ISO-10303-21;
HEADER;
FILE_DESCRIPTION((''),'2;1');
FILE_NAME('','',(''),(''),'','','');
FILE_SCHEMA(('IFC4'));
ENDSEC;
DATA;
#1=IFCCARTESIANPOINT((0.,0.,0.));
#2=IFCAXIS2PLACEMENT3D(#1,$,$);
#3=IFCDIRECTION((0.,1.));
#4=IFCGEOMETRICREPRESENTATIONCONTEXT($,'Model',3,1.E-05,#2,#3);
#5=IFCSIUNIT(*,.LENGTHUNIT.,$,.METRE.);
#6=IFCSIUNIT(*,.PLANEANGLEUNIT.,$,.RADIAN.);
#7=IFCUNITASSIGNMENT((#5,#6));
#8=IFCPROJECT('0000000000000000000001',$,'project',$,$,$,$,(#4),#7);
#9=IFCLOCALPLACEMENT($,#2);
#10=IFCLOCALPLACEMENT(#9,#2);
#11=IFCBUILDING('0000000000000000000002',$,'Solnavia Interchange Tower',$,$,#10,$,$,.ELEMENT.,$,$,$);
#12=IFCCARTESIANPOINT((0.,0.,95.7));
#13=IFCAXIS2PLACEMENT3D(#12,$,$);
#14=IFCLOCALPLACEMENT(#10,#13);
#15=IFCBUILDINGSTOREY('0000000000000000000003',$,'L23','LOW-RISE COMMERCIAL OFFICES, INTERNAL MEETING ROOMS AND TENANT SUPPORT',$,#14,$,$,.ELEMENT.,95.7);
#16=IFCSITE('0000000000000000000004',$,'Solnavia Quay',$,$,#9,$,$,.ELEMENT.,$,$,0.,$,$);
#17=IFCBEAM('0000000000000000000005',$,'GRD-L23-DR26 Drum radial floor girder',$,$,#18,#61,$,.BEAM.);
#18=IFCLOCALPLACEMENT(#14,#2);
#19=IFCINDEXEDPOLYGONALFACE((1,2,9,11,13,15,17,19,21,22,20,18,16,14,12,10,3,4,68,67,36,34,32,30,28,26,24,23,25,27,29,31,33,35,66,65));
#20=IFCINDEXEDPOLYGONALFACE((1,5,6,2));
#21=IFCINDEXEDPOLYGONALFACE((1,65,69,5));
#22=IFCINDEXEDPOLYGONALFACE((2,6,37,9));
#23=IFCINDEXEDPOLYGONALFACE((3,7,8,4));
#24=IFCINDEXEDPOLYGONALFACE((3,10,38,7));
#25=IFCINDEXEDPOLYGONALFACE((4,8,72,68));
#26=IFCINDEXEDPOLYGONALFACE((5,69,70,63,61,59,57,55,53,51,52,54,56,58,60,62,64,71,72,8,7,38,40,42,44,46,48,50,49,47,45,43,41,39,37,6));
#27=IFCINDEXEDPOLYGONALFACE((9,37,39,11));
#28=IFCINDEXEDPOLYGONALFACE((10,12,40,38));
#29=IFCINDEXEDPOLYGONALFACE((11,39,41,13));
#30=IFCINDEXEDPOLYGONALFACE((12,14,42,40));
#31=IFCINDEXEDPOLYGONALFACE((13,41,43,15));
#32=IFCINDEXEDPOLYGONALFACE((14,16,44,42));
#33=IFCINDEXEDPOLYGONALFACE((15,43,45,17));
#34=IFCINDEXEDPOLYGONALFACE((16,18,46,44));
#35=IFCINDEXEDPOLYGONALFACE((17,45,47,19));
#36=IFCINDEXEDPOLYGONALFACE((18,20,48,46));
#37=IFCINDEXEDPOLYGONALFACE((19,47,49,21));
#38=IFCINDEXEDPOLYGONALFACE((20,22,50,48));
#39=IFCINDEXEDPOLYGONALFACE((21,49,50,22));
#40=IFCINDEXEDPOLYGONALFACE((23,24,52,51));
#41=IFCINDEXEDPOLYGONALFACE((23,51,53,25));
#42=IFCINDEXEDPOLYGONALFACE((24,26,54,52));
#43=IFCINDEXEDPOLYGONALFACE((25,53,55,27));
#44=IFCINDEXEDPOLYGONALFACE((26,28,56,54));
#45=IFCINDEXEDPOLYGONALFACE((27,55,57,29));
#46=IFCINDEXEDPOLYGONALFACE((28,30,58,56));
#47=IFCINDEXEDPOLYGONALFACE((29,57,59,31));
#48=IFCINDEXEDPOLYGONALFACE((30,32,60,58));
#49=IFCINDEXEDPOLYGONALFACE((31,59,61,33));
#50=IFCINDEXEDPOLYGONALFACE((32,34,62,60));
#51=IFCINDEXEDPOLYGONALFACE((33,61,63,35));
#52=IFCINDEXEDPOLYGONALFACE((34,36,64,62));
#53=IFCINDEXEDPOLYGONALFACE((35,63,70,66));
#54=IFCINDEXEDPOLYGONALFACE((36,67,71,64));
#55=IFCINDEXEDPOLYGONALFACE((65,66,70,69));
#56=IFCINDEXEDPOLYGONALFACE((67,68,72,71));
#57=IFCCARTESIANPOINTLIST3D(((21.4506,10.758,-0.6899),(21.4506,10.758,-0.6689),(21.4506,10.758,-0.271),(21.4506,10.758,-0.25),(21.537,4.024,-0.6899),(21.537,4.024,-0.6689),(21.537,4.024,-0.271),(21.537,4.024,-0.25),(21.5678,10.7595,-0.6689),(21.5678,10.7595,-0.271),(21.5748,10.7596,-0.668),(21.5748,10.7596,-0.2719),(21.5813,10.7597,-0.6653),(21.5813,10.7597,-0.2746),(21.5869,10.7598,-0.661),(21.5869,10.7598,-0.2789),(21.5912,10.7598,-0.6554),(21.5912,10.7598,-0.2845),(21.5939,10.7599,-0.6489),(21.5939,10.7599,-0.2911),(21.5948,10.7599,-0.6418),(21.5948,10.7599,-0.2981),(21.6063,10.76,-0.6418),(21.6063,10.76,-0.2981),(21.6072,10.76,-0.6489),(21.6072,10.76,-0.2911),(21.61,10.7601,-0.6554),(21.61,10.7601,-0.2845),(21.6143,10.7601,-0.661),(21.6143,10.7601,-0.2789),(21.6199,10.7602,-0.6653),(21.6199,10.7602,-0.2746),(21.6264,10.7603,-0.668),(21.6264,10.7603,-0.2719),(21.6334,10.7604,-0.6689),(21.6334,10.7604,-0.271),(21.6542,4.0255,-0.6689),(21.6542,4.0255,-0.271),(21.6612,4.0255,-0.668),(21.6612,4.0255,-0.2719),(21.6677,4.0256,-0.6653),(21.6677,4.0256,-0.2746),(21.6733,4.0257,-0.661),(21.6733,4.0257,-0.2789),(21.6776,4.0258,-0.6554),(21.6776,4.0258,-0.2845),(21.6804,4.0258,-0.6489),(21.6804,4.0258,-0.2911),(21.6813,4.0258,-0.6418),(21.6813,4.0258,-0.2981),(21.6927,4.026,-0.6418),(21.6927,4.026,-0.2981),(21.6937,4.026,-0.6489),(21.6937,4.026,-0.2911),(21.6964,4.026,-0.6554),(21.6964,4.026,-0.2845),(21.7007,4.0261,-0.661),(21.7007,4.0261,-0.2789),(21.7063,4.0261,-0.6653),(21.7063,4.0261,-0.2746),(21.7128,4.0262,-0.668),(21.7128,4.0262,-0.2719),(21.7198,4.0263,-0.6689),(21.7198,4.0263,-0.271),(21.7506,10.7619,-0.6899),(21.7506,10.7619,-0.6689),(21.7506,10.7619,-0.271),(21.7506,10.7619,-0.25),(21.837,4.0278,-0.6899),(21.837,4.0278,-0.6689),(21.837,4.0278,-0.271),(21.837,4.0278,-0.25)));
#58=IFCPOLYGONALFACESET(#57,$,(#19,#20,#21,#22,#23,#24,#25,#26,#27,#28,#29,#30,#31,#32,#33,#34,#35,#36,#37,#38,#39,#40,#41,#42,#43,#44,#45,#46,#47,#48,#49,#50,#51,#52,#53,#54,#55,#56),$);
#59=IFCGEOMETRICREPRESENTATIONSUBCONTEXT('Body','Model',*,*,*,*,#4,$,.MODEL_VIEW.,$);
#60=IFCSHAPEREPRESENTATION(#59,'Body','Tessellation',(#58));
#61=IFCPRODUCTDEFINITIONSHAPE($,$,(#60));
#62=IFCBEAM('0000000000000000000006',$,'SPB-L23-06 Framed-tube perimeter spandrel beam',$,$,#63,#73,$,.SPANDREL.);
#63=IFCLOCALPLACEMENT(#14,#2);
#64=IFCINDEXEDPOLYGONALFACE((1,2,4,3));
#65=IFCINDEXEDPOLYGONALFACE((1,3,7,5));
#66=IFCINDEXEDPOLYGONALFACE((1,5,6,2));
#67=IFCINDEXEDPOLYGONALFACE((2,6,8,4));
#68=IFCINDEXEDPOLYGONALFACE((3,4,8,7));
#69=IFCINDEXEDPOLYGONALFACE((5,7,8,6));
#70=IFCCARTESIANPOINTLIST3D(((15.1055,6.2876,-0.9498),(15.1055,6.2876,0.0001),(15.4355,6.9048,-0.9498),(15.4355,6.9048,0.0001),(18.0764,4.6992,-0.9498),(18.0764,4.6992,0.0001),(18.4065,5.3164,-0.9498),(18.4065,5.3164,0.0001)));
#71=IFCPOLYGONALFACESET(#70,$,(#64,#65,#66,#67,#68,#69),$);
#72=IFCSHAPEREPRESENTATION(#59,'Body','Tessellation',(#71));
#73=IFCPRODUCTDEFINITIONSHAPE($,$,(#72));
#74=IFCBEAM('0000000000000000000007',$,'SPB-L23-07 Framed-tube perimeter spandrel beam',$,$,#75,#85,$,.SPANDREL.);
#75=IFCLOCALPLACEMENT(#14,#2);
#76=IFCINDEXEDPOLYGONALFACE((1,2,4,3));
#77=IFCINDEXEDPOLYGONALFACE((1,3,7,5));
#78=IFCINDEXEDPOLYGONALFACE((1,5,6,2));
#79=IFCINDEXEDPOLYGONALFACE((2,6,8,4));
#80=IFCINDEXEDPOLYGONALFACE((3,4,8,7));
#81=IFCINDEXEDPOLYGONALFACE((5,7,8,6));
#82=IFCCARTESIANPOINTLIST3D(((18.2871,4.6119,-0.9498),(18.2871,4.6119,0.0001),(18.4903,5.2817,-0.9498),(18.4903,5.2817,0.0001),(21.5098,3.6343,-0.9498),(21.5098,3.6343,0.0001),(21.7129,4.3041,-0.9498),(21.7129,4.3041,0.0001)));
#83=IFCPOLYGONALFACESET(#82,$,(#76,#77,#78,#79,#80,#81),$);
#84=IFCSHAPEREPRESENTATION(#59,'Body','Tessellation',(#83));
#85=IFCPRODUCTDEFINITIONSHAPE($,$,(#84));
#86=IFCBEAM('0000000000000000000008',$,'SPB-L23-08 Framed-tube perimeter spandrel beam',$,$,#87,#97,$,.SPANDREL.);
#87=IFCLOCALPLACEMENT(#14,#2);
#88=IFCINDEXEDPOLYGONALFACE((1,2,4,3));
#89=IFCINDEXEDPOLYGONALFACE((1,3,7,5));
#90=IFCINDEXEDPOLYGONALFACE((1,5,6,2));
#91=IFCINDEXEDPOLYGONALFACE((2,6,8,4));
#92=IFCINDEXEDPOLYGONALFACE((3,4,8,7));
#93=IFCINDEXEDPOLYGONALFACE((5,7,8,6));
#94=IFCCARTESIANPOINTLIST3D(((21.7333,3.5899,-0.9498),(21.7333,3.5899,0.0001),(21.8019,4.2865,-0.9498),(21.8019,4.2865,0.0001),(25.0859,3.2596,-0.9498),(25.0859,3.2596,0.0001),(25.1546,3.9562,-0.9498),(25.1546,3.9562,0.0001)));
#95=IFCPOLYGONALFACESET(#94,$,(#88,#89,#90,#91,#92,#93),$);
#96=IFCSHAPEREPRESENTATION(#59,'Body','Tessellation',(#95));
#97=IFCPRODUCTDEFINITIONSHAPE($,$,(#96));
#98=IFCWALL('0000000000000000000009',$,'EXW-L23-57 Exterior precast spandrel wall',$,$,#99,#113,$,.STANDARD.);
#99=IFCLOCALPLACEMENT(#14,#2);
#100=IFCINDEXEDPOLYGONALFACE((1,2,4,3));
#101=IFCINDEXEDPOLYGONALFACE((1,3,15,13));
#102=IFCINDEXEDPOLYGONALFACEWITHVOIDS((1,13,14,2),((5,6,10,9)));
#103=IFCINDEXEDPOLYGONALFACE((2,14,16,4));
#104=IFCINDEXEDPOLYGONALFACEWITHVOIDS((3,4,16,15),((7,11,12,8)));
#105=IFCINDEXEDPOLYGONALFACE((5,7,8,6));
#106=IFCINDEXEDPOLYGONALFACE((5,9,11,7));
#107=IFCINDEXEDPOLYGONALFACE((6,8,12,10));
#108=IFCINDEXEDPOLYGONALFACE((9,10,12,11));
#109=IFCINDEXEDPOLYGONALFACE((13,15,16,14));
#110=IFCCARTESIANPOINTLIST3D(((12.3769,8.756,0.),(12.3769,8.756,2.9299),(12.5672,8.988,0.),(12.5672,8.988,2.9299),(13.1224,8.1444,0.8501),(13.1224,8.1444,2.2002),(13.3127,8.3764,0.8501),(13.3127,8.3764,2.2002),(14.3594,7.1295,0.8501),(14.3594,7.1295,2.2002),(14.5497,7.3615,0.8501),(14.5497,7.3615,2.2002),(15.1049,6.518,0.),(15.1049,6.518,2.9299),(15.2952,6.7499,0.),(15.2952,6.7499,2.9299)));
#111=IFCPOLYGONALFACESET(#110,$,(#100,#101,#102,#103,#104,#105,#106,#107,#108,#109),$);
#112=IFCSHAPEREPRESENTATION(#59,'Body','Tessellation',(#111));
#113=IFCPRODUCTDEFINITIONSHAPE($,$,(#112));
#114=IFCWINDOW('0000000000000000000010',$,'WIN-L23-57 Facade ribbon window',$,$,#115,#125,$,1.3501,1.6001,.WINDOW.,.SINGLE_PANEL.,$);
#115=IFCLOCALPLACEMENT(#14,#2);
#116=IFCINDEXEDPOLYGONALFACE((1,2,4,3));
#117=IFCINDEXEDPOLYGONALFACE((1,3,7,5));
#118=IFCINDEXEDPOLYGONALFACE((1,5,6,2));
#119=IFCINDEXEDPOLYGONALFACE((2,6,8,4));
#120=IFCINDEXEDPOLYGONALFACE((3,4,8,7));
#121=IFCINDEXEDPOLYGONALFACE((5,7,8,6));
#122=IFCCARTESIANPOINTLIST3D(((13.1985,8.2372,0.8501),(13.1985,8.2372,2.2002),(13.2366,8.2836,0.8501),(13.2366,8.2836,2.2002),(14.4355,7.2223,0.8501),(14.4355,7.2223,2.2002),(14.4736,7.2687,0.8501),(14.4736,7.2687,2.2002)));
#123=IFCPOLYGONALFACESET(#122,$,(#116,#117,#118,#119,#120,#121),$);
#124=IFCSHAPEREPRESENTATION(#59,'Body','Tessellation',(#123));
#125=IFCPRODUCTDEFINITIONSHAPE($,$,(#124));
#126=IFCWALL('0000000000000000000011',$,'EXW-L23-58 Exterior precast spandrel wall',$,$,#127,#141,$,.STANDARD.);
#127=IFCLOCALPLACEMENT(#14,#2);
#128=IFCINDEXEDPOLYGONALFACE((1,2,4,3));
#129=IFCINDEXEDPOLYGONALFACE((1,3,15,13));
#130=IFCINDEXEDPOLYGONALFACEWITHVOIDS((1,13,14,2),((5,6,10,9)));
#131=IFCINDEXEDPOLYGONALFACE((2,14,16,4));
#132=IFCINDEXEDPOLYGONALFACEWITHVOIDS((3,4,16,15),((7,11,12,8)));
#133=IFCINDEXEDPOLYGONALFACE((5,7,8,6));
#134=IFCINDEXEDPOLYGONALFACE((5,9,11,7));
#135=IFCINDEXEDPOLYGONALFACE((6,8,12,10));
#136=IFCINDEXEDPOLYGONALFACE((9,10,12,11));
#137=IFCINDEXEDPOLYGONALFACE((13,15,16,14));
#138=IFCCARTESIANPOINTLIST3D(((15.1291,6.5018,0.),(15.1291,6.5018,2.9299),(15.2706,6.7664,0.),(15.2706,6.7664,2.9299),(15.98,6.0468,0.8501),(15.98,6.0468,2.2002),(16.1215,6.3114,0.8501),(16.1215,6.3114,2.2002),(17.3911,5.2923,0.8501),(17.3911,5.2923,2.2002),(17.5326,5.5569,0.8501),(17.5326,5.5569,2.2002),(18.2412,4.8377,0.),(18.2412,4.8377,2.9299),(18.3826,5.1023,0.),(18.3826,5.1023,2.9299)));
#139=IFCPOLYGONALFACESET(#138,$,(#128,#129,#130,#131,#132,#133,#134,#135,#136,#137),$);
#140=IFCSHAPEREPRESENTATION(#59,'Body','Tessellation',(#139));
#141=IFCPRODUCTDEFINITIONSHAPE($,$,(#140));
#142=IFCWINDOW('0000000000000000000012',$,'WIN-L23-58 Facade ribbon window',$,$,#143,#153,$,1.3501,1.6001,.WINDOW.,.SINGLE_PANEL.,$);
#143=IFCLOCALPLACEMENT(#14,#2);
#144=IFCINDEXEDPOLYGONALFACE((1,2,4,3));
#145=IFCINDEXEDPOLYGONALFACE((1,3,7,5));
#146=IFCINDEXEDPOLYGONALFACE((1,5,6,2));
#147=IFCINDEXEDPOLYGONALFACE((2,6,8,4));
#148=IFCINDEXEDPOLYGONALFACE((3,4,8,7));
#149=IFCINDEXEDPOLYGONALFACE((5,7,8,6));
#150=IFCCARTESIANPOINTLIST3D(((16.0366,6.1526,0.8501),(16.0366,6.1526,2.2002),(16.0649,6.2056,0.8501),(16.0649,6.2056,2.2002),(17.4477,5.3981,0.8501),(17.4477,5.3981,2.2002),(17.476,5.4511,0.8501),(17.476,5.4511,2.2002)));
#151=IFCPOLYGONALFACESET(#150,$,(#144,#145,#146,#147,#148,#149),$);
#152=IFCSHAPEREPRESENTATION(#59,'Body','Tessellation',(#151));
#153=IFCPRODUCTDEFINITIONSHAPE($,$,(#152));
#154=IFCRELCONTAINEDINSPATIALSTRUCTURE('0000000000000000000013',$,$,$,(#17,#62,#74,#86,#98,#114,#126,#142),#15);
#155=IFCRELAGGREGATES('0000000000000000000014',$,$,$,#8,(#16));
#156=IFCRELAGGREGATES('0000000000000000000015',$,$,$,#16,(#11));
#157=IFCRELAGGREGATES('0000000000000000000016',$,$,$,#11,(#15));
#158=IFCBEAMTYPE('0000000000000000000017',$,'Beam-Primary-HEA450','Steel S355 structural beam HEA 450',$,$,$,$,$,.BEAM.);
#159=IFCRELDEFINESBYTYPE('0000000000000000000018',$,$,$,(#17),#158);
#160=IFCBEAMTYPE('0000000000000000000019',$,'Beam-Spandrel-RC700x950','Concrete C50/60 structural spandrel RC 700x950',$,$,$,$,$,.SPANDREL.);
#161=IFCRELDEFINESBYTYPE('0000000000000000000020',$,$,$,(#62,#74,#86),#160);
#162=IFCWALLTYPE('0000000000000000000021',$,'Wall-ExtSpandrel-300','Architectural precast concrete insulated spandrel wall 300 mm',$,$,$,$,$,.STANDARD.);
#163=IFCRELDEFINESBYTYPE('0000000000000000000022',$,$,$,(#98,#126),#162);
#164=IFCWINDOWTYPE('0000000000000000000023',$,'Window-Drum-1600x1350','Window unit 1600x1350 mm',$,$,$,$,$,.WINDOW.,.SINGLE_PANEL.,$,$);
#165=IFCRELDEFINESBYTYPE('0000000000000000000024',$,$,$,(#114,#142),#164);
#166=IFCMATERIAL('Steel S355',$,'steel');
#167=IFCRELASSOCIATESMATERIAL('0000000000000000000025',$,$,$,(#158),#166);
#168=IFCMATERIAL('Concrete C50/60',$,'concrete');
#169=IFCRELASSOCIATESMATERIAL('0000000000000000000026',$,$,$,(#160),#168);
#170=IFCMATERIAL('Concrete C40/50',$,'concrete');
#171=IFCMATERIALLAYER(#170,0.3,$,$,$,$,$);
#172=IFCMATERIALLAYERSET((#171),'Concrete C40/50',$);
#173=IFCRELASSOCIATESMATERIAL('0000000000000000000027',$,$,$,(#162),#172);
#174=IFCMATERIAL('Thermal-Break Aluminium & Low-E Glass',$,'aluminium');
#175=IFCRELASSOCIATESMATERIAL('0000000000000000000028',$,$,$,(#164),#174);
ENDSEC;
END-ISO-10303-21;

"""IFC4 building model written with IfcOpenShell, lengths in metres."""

from ifc_helpers import new_model, si_unit, direction, frame, frame_2d, origin, origin_2d, place, context, subcontext, project, spatial, rectangle, i_section, extrude, material, layer, layer_set, material_profile, profile_set, type_object, element, fill, save


model = new_model("IFC4")

# Units and contexts
model_context = context("Model", 3, precision=1e-05, world=origin(), true_north=direction((0.0, 1.0)))
body_context = subcontext(model_context, "Body", "Model", "MODEL_VIEW")
ifc_project = project(units=[si_unit("LENGTHUNIT", "METRE"), si_unit("PLANEANGLEUNIT", "RADIAN")], contexts=[model_context])

# Site, building, storey
site_placement = place(None, origin())
site = spatial("IfcSite", under=ifc_project, at=site_placement, Name="Solnavia Quay", CompositionType="ELEMENT", RefElevation=0.0)
building_placement = place(site_placement, origin())
building = spatial("IfcBuilding", under=site, at=building_placement, Name="Solnavia Interchange Tower", CompositionType="ELEMENT")
storey_placement = place(building_placement, frame((0.0, 0.0, 95.7)))
storey = spatial("IfcBuildingStorey", under=building, at=storey_placement, Name="L23", Description="LOW-RISE COMMERCIAL OFFICES, INTERNAL MEETING ROOMS AND TENANT SUPPORT", CompositionType="ELEMENT", Elevation=95.7)

# Shared definitions
ifc_material_1 = material(Name="Steel S355", Category="steel")

# Beams
ifc_material_profile_1 = material_profile(ifc_material_1, i_section(OverallWidth=0.3, OverallDepth=0.4399, WebThickness=0.0115, FlangeThickness=0.021, FilletRadius=0.0271, at=origin_2d()), Name="HEA 450")
ifc_profile_set_1 = profile_set([ifc_material_profile_1], Name="Steel S355")
beam_type_1 = type_object("IfcBeamType", Name="Beam-Primary-HEA450", Description="Steel S355 structural beam HEA 450", PredefinedType="BEAM", material=ifc_profile_set_1)
beam_1_placement = place(storey_placement, frame((21.687, 4.0259, -0.47), z_axis=(-0.012833, 0.999918, 0.0), x_axis=(-0.999918, -0.012833, 0.0)))
element("IfcBeam", 1, at=beam_1_placement, inside=storey, type_object=beam_type_1, Name="GRD-L23-DR26 Drum radial floor girder", PredefinedType="BEAM", context=body_context, shape_type="SweptSolid", body=[
    extrude(i_section(OverallWidth=0.3, OverallDepth=0.4399, WebThickness=0.0115, FlangeThickness=0.021, FilletRadius=0.0271, at=origin_2d()), origin(), (0.0, 0.0, 1.0), 6.7346),
])
ifc_material_2 = material(Name="Concrete C50/60", Category="concrete")
ifc_material_profile_2 = material_profile(ifc_material_2, rectangle(XDim=0.7, YDim=0.95, at=origin_2d()), Name="RC 700x950")
ifc_profile_set_2 = profile_set([ifc_material_profile_2], Name="Concrete C50/60")
beam_type_2 = type_object("IfcBeamType", Name="Beam-Spandrel-RC700x950", Description="Concrete C50/60 structural spandrel RC 700x950", PredefinedType="SPANDREL", material=ifc_profile_set_2)
beam_2_placement = place(storey_placement, frame((15.2705, 6.5962, -0.4749), z_axis=(0.881875, -0.471483, 0.0), x_axis=(0.471483, 0.881875, 0.0)))
element("IfcBeam", 2, at=beam_2_placement, inside=storey, type_object=beam_type_2, Name="SPB-L23-06 Framed-tube perimeter spandrel beam", PredefinedType="SPANDREL", context=body_context, shape_type="SweptSolid", body=[
    extrude(rectangle(XDim=0.7, YDim=0.95, at=origin_2d()), origin(), (0.0, 0.0, 1.0), 3.3689),
])
beam_3_placement = place(storey_placement, frame((18.3887, 4.9468, -0.4749), z_axis=(0.956944, -0.290273, 0.0), x_axis=(0.290273, 0.956944, 0.0)))
element("IfcBeam", 3, at=beam_3_placement, inside=storey, type_object=beam_type_2, Name="SPB-L23-07 Framed-tube perimeter spandrel beam", PredefinedType="SPANDREL", context=body_context, shape_type="SweptSolid", body=[
    extrude(rectangle(XDim=0.7, YDim=0.95, at=origin_2d()), origin(), (0.0, 0.0, 1.0), 3.3677),
])
beam_4_placement = place(storey_placement, frame((21.7676, 3.9382, -0.4749), z_axis=(0.995182, -0.098047, 0.0), x_axis=(0.098047, 0.995182, 0.0)))
element("IfcBeam", 4, at=beam_4_placement, inside=storey, type_object=beam_type_2, Name="SPB-L23-08 Framed-tube perimeter spandrel beam", PredefinedType="SPANDREL", context=body_context, shape_type="SweptSolid", body=[
    extrude(rectangle(XDim=0.7, YDim=0.95, at=origin_2d()), origin(), (0.0, 0.0, 1.0), 3.3689),
])

# Walls, openings, windows
ifc_material_3 = material(Name="Concrete C40/50", Category="concrete")
ifc_layer_1 = layer(ifc_material_3, 0.3)
ifc_layer_set_1 = layer_set([ifc_layer_1], Name="Concrete C40/50")
wall_type_1 = type_object("IfcWallType", Name="Wall-ExtSpandrel-300", Description="Architectural precast concrete insulated spandrel wall 300 mm", PredefinedType="STANDARD", material=ifc_layer_set_1)
wall_1_placement = place(storey_placement, frame((15.2, 6.634, 0.0), z_axis=(0.0, 0.0, 1.0), x_axis=(-0.773121, 0.634258, 0.0)))
wall_1 = element("IfcWall", 5, at=wall_1_placement, inside=storey, type_object=wall_type_1, Name="EXW-L23-57 Exterior precast spandrel wall", PredefinedType="STANDARD", context=body_context, shape_type="SweptSolid", body=[
    extrude(rectangle(XDim=3.5286, YDim=0.3, at=frame_2d((1.7642, 0.0))), origin(), (0.0, 0.0, 1.0), 2.9299),
])
opening_1_placement = place(wall_1_placement, frame((0.9641, 0.0, 0.8501)))
opening_1 = element("IfcOpeningElement", 6, at=opening_1_placement, cuts=wall_1, PredefinedType="OPENING", context=body_context, shape_type="SweptSolid", body=[
    extrude(rectangle(XDim=1.6001, YDim=1.3501, at=frame_2d((0.8, 0.675))), frame((0.0, 0.1602, 0.0), z_axis=(0.0, -1.0, 0.0), x_axis=(1.0, 0.0, 0.0)), (0.0, 0.0, 1.0), 0.3201),
])
ifc_material_4 = material(Name="Thermal-Break Aluminium & Low-E Glass", Category="aluminium")
window_type = type_object("IfcWindowType", Name="Window-Drum-1600x1350", Description="Window unit 1600x1350 mm", PartitioningType="SINGLE_PANEL", PredefinedType="WINDOW", material=ifc_material_4)
window_1_placement = place(opening_1_placement, origin())
window_1 = element("IfcWindow", 7, at=window_1_placement, inside=storey, type_object=window_type, Name="WIN-L23-57 Facade ribbon window", OverallHeight=1.3501, OverallWidth=1.6001, PartitioningType="SINGLE_PANEL", PredefinedType="WINDOW", context=body_context, shape_type="SweptSolid", body=[
    extrude(rectangle(XDim=1.6001, YDim=1.3501, at=frame_2d((0.8, 0.675))), frame((0.0, 0.03, 0.0), z_axis=(0.0, -1.0, 0.0), x_axis=(1.0, 0.0, 0.0)), (0.0, 0.0, 1.0), 0.0601),
])
fill(opening_1, window_1)
wall_2_placement = place(storey_placement, frame((18.312, 4.97, 0.0), z_axis=(0.0, 0.0, 1.0), x_axis=(-0.881847, 0.471536, 0.0)))
wall_2 = element("IfcWall", 8, at=wall_2_placement, inside=storey, type_object=wall_type_1, Name="EXW-L23-58 Exterior precast spandrel wall", PredefinedType="STANDARD", context=body_context, shape_type="SweptSolid", body=[
    extrude(rectangle(XDim=3.5291, YDim=0.3, at=frame_2d((1.7646, 0.0))), origin(), (0.0, 0.0, 1.0), 2.9299),
])
opening_2_placement = place(wall_2_placement, frame((0.9641, 0.0, 0.8501)))
opening_2 = element("IfcOpeningElement", 9, at=opening_2_placement, cuts=wall_2, PredefinedType="OPENING", context=body_context, shape_type="SweptSolid", body=[
    extrude(rectangle(XDim=1.6001, YDim=1.3501, at=frame_2d((0.8, 0.675))), frame((0.0, 0.1602, 0.0), z_axis=(0.0, -1.0, 0.0), x_axis=(1.0, 0.0, 0.0)), (0.0, 0.0, 1.0), 0.3201),
])
window_2_placement = place(opening_2_placement, origin())
window_2 = element("IfcWindow", 10, at=window_2_placement, inside=storey, type_object=window_type, Name="WIN-L23-58 Facade ribbon window", OverallHeight=1.3501, OverallWidth=1.6001, PartitioningType="SINGLE_PANEL", PredefinedType="WINDOW", context=body_context, shape_type="SweptSolid", body=[
    extrude(rectangle(XDim=1.6001, YDim=1.3501, at=frame_2d((0.8, 0.675))), frame((0.0, 0.03, 0.0), z_axis=(0.0, -1.0, 0.0), x_axis=(1.0, 0.0, 0.0)), (0.0, 0.0, 1.0), 0.0601),
])
fill(opening_2, window_2)

save(model, "model.ifc")
